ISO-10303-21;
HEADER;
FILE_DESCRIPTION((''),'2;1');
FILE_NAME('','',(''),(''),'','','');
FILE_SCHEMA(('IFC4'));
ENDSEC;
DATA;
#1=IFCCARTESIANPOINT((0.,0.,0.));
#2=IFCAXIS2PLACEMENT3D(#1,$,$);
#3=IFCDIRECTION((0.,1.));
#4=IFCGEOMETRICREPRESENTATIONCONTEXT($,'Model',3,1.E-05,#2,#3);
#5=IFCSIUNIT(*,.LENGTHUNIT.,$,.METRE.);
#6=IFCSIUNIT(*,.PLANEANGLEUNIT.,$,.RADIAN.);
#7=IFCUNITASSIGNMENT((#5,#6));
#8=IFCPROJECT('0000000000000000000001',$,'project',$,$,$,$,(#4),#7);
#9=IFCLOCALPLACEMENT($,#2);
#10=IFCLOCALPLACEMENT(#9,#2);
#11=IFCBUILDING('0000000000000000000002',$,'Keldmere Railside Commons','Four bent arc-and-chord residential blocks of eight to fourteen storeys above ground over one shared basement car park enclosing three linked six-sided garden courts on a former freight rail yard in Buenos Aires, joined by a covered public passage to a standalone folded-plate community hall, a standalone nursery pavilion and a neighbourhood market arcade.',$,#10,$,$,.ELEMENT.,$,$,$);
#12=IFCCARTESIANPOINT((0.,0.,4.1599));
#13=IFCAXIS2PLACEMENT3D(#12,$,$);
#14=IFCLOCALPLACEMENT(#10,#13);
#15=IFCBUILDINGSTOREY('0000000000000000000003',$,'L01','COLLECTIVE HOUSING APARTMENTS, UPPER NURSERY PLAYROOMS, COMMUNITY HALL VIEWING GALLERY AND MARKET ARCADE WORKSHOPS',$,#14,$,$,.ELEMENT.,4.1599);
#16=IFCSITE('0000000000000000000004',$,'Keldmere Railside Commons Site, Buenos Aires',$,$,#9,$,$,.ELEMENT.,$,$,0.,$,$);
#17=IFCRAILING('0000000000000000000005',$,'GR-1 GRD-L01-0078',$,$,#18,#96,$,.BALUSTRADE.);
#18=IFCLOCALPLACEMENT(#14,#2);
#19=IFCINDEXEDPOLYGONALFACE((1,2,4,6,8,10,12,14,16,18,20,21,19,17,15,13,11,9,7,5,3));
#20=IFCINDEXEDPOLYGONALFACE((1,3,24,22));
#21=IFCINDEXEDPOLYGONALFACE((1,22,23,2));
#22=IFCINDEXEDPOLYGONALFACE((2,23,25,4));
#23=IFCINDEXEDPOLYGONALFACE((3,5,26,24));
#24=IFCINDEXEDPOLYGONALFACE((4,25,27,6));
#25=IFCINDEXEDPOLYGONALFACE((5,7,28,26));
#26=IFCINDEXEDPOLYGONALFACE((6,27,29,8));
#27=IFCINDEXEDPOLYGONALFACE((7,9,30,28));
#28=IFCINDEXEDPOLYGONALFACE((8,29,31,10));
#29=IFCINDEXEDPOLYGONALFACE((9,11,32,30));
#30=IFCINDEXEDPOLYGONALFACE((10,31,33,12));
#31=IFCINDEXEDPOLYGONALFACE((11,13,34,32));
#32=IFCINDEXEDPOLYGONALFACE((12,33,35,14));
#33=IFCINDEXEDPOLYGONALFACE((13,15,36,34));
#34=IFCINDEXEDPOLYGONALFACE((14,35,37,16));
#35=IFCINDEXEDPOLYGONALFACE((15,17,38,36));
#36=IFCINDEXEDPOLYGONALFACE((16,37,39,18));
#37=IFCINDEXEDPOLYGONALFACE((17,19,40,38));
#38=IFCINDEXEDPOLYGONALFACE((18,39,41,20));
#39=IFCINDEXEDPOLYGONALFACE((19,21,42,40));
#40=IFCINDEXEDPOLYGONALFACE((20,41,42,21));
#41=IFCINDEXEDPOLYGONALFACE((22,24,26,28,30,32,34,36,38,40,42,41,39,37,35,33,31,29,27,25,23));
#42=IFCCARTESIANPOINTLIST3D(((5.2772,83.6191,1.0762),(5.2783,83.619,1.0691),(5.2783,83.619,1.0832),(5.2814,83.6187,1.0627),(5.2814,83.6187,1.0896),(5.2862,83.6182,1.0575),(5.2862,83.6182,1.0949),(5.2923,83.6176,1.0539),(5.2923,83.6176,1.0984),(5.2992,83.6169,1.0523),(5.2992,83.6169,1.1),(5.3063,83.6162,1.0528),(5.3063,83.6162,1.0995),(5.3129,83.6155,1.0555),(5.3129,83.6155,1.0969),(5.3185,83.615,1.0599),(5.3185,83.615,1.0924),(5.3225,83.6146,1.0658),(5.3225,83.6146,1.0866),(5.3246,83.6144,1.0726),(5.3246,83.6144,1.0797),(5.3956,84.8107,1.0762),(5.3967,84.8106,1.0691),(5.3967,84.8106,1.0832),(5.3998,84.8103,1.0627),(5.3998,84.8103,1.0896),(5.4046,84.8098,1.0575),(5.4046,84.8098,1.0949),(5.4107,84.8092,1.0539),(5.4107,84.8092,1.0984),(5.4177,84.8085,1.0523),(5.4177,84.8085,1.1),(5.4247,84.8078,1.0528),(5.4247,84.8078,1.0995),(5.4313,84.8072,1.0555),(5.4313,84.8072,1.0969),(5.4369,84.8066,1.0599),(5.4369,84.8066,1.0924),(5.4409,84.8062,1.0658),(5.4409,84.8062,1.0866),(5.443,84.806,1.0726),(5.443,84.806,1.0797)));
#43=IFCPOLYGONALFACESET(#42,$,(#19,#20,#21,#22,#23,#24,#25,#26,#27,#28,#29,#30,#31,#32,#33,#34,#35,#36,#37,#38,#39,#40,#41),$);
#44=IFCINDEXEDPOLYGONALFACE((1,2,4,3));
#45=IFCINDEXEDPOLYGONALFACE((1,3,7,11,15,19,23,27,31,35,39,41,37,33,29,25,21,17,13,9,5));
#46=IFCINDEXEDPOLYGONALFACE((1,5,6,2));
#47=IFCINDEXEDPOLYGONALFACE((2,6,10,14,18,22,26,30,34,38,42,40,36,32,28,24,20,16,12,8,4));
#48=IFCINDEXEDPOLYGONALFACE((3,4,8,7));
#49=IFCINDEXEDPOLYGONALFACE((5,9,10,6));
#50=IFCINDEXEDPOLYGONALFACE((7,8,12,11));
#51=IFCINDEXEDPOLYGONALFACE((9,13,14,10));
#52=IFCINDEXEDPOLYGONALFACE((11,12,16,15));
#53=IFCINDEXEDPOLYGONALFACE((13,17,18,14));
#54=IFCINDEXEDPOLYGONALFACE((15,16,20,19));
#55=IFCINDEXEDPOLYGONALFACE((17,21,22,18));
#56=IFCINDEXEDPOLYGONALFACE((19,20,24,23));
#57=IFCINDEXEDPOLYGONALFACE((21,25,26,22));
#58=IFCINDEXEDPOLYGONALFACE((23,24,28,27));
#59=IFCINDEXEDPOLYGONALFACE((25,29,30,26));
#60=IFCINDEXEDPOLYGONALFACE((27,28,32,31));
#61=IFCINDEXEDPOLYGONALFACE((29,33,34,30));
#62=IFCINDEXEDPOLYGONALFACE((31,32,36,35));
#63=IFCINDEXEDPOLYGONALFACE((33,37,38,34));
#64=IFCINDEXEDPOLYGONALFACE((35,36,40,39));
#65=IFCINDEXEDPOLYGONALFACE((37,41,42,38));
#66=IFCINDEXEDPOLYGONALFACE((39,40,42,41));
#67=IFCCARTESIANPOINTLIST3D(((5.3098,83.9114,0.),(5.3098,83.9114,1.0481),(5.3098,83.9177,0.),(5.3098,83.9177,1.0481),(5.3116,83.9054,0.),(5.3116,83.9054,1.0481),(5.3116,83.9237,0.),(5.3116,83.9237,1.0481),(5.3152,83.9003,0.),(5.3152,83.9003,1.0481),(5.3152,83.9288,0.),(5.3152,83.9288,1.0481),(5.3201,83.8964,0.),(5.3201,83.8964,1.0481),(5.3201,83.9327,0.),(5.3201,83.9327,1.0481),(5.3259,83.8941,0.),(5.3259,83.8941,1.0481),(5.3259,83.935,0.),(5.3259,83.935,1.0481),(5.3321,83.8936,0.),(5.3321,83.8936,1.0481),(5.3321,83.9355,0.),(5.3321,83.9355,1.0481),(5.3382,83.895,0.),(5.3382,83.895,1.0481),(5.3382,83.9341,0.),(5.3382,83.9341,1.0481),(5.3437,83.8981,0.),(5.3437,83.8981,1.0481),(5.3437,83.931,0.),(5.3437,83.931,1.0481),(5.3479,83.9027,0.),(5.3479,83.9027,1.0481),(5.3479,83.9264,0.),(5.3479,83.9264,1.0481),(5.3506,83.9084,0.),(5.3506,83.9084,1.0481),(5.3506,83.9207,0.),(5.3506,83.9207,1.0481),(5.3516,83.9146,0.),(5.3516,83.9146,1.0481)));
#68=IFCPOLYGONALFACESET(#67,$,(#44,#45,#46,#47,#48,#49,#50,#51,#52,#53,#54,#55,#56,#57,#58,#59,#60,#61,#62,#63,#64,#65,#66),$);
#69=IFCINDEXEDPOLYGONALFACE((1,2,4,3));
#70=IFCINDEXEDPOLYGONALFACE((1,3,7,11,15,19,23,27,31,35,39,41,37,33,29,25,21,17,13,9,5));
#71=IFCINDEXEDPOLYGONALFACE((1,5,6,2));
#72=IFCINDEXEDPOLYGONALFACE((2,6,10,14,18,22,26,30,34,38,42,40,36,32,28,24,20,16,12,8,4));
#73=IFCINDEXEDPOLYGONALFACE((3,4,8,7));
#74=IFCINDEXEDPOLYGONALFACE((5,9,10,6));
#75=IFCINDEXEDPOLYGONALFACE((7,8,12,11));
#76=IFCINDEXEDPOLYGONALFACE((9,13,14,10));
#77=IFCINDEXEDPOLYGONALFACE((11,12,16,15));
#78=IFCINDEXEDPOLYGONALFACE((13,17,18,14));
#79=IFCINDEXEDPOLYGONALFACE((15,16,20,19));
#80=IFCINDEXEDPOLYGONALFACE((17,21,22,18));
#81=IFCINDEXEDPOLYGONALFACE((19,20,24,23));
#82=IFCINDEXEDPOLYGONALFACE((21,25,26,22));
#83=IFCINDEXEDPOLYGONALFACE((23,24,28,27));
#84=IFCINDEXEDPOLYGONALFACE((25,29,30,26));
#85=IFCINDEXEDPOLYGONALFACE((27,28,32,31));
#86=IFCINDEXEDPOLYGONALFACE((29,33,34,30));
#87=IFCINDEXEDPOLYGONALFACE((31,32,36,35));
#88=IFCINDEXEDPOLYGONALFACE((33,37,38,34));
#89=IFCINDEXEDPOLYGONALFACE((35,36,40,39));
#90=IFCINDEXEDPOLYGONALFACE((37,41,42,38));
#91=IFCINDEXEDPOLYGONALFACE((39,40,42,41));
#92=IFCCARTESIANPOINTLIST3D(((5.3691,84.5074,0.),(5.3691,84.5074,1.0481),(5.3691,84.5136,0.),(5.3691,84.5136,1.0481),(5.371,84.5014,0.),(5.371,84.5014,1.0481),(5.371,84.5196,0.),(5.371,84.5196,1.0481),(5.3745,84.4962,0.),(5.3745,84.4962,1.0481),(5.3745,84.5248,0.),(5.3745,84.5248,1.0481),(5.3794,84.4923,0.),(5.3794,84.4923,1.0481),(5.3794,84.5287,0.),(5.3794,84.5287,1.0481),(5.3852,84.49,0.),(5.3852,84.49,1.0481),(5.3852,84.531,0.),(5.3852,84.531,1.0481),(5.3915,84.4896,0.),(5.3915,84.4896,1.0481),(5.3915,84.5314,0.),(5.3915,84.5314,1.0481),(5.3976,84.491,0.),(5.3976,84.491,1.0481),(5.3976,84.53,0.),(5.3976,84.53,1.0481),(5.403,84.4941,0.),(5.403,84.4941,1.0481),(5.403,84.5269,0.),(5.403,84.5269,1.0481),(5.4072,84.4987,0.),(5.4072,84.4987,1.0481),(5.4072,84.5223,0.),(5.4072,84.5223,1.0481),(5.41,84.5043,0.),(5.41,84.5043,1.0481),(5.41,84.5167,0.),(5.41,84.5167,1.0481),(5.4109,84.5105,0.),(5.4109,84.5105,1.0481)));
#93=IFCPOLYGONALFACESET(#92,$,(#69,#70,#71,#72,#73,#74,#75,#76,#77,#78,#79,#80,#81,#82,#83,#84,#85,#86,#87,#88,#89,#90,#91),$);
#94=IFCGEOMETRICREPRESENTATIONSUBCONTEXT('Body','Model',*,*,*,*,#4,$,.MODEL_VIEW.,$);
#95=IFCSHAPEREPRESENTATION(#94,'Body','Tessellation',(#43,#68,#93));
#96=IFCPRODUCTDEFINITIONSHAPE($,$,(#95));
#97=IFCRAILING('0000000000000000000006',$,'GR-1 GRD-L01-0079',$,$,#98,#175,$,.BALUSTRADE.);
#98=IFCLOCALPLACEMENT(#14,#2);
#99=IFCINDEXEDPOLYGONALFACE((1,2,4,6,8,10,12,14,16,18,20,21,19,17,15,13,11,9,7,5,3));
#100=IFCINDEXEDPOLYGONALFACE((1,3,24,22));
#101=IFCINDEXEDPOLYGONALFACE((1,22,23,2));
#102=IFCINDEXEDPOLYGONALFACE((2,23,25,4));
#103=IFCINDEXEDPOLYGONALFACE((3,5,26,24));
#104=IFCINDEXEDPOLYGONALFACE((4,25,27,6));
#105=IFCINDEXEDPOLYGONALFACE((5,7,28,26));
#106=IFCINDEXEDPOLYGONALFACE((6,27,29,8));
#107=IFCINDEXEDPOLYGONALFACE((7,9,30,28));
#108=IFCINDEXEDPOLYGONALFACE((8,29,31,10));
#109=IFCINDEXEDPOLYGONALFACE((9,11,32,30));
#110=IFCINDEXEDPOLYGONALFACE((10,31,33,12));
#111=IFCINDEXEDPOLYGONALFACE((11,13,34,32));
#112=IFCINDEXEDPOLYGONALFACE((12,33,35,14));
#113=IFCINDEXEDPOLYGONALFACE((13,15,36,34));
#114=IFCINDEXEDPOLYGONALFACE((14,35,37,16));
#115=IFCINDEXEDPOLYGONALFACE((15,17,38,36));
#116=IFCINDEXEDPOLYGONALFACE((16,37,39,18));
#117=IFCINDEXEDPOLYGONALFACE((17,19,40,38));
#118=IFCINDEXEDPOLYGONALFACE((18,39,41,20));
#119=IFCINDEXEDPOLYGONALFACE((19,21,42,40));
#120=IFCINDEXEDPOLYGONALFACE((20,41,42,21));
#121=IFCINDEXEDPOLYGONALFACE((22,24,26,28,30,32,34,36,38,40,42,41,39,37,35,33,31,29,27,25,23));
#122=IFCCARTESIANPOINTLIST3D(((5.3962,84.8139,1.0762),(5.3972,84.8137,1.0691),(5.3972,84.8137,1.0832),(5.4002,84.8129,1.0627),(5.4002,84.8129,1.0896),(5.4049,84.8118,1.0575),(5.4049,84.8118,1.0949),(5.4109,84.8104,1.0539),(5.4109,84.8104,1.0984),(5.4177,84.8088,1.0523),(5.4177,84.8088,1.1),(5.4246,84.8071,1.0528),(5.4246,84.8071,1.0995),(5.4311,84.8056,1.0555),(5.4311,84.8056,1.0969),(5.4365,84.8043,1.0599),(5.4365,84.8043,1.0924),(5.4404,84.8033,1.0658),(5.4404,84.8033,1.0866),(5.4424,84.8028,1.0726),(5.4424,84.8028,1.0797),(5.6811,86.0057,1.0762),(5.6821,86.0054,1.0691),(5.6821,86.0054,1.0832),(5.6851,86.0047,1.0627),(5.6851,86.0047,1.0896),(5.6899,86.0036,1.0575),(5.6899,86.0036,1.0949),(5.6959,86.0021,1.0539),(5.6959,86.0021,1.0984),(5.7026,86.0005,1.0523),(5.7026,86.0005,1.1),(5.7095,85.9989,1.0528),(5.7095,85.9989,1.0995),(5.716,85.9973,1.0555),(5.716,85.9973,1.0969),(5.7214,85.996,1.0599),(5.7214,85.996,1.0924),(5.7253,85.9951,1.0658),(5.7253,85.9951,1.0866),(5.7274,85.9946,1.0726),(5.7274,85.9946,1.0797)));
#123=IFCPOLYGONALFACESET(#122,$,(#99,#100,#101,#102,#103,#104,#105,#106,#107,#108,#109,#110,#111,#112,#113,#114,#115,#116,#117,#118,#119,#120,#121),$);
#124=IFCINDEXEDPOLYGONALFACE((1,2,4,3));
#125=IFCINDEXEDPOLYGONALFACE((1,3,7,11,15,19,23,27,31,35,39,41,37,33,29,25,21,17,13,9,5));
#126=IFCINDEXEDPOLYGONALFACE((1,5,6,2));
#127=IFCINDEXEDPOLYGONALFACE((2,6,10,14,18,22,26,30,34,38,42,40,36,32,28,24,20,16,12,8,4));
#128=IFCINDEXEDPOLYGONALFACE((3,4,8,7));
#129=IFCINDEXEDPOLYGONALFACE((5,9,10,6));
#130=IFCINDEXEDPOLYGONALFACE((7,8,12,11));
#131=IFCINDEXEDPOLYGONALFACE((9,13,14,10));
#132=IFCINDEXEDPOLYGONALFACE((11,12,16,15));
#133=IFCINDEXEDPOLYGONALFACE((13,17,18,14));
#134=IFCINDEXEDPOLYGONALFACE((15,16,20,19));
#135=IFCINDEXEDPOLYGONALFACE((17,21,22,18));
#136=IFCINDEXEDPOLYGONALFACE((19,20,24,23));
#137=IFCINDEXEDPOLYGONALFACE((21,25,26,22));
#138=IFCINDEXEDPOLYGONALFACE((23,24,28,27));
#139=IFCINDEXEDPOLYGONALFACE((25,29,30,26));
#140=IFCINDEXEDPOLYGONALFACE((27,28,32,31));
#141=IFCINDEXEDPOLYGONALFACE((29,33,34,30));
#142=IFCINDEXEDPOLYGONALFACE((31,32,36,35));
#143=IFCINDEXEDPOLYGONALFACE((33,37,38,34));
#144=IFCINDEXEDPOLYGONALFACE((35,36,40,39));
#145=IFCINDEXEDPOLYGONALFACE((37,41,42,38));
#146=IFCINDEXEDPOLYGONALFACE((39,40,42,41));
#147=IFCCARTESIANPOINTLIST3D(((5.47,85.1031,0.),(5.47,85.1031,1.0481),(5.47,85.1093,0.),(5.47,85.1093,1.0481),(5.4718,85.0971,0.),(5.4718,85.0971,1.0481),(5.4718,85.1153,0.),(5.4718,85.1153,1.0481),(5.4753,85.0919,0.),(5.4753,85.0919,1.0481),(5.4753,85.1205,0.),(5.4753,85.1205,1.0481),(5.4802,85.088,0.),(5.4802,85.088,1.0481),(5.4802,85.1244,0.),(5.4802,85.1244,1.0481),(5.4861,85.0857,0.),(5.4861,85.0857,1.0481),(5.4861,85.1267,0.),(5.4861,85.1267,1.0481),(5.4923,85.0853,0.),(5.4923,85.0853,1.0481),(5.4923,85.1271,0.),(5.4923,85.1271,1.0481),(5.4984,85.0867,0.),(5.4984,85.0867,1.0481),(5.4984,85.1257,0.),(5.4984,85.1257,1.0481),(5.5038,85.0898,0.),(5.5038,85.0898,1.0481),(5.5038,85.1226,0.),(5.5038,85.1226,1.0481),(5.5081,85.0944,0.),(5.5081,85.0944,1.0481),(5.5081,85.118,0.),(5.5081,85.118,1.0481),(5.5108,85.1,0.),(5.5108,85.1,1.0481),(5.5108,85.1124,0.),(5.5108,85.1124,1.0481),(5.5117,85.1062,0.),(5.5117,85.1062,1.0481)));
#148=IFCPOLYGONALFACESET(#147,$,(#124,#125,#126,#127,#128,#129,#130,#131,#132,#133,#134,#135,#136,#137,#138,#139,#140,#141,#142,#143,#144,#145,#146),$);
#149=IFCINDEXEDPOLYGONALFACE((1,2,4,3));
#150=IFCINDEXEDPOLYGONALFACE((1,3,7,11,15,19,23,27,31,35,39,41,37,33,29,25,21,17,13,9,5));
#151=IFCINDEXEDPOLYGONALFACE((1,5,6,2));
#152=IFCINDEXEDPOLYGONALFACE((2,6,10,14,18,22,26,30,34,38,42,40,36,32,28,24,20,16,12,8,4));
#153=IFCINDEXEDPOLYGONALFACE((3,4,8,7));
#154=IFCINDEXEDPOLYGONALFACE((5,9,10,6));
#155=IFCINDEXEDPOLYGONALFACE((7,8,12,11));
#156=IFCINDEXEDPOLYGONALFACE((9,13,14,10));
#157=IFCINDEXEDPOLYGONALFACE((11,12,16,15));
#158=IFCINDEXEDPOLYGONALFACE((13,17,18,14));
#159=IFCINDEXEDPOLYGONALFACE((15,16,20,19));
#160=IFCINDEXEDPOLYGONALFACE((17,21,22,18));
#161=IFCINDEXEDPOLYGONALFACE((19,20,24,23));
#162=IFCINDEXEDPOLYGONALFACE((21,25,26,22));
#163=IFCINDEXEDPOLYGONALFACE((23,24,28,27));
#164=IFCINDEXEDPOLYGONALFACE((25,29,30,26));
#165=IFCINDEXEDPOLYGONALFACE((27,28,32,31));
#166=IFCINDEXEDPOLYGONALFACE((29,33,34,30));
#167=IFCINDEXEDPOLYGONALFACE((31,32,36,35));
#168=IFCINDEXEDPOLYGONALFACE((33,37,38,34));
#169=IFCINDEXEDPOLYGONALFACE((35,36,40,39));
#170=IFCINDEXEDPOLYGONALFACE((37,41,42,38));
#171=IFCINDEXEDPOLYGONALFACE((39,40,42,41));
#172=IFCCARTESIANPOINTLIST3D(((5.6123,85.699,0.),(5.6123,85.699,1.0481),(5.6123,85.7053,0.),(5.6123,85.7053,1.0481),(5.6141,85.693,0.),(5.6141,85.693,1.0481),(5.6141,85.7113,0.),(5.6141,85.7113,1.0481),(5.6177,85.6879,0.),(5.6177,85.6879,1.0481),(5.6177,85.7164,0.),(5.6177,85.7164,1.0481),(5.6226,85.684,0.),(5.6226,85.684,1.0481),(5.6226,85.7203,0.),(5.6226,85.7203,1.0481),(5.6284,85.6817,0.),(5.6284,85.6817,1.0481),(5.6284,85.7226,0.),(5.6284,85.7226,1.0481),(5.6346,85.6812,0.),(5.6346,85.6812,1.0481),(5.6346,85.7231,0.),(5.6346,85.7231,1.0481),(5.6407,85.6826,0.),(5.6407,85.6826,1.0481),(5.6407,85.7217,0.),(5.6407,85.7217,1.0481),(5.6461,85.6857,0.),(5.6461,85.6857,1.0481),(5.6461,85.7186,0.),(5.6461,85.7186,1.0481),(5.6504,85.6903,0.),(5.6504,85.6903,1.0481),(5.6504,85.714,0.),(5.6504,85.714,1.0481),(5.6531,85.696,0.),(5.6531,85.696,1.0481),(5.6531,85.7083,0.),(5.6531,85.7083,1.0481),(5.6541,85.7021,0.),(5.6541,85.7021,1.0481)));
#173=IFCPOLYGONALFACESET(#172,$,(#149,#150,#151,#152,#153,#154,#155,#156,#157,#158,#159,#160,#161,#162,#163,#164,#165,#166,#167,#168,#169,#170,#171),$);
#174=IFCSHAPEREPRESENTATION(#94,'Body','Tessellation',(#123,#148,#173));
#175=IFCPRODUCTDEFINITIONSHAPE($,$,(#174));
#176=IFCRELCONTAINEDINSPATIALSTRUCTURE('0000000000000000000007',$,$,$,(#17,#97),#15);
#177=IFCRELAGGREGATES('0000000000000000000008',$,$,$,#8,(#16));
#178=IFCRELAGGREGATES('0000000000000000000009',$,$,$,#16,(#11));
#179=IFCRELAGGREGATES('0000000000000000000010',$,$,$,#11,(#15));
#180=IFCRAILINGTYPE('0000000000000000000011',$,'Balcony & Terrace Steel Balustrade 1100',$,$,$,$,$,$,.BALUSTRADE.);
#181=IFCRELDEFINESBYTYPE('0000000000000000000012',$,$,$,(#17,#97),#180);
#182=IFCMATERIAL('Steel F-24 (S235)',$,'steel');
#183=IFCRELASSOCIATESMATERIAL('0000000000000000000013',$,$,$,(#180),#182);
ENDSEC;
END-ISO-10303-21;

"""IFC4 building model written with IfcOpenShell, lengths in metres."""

from ifc_helpers import new_model, si_unit, direction, frame, origin, origin_2d, place, context, subcontext, project, spatial, circle, extrude, material, type_object, element, save


model = new_model("IFC4")

# Units and contexts
model_context = context("Model", 3, precision=1e-05, world=origin(), true_north=direction((0.0, 1.0)))
body_context = subcontext(model_context, "Body", "Model", "MODEL_VIEW")
ifc_project = project(units=[si_unit("LENGTHUNIT", "METRE"), si_unit("PLANEANGLEUNIT", "RADIAN")], contexts=[model_context])

# Site, building, storey
site_placement = place(None, origin())
site = spatial("IfcSite", under=ifc_project, at=site_placement, Name="Keldmere Railside Commons Site, Buenos Aires", CompositionType="ELEMENT", RefElevation=0.0)
building_placement = place(site_placement, origin())
building = spatial("IfcBuilding", under=site, at=building_placement, Name="Keldmere Railside Commons", Description="Four bent arc-and-chord residential blocks of eight to fourteen storeys above ground over one shared basement car park enclosing three linked six-sided garden courts on a former freight rail yard in Buenos Aires, joined by a covered public passage to a standalone folded-plate community hall, a standalone nursery pavilion and a neighbourhood market arcade.", CompositionType="ELEMENT")
storey_placement = place(building_placement, frame((0.0, 0.0, 4.1599)))
storey = spatial("IfcBuildingStorey", under=building, at=storey_placement, Name="L01", Description="COLLECTIVE HOUSING APARTMENTS, UPPER NURSERY PLAYROOMS, COMMUNITY HALL VIEWING GALLERY AND MARKET ARCADE WORKSHOPS", CompositionType="ELEMENT", Elevation=4.1599)

# Shared definitions
ifc_material_1 = material(Name="Steel F-24 (S235)", Category="steel")

# Railings
railing_type = type_object("IfcRailingType", Name="Balcony & Terrace Steel Balustrade 1100", PredefinedType="BALUSTRADE", material=ifc_material_1)
railing_1_placement = place(storey_placement, frame((5.301, 83.6167, 0.0)))
element("IfcRailing", 1, at=railing_1_placement, inside=storey, type_object=railing_type, Name="GR-1 GRD-L01-0078", PredefinedType="BALUSTRADE", context=body_context, shape_type="SweptSolid", body=[
    extrude(circle(Radius=0.0239, at=origin_2d()), frame((0.0, 0.0, 1.0762), z_axis=(0.098878, 0.9951, 0.0), x_axis=(-0.9951, 0.098878, 0.0)), (0.0, 0.0, 1.0), 1.1975),
    extrude(circle(Radius=0.021, at=origin_2d()), frame((0.0295, 0.2979, 0.0)), (0.0, 0.0, 1.0), 1.0481),
    extrude(circle(Radius=0.021, at=origin_2d()), frame((0.0889, 0.8938, 0.0)), (0.0, 0.0, 1.0), 1.0481),
])
railing_2_placement = place(storey_placement, frame((5.4194, 84.8083, 0.0)))
element("IfcRailing", 2, at=railing_2_placement, inside=storey, type_object=railing_type, Name="GR-1 GRD-L01-0079", PredefinedType="BALUSTRADE", context=body_context, shape_type="SweptSolid", body=[
    extrude(circle(Radius=0.0239, at=origin_2d()), frame((0.0, 0.0, 1.0762), z_axis=(0.232536, 0.972588, 0.0), x_axis=(-0.972588, 0.232536, 0.0)), (0.0, 0.0, 1.0), 1.2253),
    extrude(circle(Radius=0.021, at=origin_2d()), frame((0.0713, 0.2979, 0.0)), (0.0, 0.0, 1.0), 1.0481),
    extrude(circle(Radius=0.021, at=origin_2d()), frame((0.2136, 0.8938, 0.0)), (0.0, 0.0, 1.0), 1.0481),
])

save(model, "model.ifc")
